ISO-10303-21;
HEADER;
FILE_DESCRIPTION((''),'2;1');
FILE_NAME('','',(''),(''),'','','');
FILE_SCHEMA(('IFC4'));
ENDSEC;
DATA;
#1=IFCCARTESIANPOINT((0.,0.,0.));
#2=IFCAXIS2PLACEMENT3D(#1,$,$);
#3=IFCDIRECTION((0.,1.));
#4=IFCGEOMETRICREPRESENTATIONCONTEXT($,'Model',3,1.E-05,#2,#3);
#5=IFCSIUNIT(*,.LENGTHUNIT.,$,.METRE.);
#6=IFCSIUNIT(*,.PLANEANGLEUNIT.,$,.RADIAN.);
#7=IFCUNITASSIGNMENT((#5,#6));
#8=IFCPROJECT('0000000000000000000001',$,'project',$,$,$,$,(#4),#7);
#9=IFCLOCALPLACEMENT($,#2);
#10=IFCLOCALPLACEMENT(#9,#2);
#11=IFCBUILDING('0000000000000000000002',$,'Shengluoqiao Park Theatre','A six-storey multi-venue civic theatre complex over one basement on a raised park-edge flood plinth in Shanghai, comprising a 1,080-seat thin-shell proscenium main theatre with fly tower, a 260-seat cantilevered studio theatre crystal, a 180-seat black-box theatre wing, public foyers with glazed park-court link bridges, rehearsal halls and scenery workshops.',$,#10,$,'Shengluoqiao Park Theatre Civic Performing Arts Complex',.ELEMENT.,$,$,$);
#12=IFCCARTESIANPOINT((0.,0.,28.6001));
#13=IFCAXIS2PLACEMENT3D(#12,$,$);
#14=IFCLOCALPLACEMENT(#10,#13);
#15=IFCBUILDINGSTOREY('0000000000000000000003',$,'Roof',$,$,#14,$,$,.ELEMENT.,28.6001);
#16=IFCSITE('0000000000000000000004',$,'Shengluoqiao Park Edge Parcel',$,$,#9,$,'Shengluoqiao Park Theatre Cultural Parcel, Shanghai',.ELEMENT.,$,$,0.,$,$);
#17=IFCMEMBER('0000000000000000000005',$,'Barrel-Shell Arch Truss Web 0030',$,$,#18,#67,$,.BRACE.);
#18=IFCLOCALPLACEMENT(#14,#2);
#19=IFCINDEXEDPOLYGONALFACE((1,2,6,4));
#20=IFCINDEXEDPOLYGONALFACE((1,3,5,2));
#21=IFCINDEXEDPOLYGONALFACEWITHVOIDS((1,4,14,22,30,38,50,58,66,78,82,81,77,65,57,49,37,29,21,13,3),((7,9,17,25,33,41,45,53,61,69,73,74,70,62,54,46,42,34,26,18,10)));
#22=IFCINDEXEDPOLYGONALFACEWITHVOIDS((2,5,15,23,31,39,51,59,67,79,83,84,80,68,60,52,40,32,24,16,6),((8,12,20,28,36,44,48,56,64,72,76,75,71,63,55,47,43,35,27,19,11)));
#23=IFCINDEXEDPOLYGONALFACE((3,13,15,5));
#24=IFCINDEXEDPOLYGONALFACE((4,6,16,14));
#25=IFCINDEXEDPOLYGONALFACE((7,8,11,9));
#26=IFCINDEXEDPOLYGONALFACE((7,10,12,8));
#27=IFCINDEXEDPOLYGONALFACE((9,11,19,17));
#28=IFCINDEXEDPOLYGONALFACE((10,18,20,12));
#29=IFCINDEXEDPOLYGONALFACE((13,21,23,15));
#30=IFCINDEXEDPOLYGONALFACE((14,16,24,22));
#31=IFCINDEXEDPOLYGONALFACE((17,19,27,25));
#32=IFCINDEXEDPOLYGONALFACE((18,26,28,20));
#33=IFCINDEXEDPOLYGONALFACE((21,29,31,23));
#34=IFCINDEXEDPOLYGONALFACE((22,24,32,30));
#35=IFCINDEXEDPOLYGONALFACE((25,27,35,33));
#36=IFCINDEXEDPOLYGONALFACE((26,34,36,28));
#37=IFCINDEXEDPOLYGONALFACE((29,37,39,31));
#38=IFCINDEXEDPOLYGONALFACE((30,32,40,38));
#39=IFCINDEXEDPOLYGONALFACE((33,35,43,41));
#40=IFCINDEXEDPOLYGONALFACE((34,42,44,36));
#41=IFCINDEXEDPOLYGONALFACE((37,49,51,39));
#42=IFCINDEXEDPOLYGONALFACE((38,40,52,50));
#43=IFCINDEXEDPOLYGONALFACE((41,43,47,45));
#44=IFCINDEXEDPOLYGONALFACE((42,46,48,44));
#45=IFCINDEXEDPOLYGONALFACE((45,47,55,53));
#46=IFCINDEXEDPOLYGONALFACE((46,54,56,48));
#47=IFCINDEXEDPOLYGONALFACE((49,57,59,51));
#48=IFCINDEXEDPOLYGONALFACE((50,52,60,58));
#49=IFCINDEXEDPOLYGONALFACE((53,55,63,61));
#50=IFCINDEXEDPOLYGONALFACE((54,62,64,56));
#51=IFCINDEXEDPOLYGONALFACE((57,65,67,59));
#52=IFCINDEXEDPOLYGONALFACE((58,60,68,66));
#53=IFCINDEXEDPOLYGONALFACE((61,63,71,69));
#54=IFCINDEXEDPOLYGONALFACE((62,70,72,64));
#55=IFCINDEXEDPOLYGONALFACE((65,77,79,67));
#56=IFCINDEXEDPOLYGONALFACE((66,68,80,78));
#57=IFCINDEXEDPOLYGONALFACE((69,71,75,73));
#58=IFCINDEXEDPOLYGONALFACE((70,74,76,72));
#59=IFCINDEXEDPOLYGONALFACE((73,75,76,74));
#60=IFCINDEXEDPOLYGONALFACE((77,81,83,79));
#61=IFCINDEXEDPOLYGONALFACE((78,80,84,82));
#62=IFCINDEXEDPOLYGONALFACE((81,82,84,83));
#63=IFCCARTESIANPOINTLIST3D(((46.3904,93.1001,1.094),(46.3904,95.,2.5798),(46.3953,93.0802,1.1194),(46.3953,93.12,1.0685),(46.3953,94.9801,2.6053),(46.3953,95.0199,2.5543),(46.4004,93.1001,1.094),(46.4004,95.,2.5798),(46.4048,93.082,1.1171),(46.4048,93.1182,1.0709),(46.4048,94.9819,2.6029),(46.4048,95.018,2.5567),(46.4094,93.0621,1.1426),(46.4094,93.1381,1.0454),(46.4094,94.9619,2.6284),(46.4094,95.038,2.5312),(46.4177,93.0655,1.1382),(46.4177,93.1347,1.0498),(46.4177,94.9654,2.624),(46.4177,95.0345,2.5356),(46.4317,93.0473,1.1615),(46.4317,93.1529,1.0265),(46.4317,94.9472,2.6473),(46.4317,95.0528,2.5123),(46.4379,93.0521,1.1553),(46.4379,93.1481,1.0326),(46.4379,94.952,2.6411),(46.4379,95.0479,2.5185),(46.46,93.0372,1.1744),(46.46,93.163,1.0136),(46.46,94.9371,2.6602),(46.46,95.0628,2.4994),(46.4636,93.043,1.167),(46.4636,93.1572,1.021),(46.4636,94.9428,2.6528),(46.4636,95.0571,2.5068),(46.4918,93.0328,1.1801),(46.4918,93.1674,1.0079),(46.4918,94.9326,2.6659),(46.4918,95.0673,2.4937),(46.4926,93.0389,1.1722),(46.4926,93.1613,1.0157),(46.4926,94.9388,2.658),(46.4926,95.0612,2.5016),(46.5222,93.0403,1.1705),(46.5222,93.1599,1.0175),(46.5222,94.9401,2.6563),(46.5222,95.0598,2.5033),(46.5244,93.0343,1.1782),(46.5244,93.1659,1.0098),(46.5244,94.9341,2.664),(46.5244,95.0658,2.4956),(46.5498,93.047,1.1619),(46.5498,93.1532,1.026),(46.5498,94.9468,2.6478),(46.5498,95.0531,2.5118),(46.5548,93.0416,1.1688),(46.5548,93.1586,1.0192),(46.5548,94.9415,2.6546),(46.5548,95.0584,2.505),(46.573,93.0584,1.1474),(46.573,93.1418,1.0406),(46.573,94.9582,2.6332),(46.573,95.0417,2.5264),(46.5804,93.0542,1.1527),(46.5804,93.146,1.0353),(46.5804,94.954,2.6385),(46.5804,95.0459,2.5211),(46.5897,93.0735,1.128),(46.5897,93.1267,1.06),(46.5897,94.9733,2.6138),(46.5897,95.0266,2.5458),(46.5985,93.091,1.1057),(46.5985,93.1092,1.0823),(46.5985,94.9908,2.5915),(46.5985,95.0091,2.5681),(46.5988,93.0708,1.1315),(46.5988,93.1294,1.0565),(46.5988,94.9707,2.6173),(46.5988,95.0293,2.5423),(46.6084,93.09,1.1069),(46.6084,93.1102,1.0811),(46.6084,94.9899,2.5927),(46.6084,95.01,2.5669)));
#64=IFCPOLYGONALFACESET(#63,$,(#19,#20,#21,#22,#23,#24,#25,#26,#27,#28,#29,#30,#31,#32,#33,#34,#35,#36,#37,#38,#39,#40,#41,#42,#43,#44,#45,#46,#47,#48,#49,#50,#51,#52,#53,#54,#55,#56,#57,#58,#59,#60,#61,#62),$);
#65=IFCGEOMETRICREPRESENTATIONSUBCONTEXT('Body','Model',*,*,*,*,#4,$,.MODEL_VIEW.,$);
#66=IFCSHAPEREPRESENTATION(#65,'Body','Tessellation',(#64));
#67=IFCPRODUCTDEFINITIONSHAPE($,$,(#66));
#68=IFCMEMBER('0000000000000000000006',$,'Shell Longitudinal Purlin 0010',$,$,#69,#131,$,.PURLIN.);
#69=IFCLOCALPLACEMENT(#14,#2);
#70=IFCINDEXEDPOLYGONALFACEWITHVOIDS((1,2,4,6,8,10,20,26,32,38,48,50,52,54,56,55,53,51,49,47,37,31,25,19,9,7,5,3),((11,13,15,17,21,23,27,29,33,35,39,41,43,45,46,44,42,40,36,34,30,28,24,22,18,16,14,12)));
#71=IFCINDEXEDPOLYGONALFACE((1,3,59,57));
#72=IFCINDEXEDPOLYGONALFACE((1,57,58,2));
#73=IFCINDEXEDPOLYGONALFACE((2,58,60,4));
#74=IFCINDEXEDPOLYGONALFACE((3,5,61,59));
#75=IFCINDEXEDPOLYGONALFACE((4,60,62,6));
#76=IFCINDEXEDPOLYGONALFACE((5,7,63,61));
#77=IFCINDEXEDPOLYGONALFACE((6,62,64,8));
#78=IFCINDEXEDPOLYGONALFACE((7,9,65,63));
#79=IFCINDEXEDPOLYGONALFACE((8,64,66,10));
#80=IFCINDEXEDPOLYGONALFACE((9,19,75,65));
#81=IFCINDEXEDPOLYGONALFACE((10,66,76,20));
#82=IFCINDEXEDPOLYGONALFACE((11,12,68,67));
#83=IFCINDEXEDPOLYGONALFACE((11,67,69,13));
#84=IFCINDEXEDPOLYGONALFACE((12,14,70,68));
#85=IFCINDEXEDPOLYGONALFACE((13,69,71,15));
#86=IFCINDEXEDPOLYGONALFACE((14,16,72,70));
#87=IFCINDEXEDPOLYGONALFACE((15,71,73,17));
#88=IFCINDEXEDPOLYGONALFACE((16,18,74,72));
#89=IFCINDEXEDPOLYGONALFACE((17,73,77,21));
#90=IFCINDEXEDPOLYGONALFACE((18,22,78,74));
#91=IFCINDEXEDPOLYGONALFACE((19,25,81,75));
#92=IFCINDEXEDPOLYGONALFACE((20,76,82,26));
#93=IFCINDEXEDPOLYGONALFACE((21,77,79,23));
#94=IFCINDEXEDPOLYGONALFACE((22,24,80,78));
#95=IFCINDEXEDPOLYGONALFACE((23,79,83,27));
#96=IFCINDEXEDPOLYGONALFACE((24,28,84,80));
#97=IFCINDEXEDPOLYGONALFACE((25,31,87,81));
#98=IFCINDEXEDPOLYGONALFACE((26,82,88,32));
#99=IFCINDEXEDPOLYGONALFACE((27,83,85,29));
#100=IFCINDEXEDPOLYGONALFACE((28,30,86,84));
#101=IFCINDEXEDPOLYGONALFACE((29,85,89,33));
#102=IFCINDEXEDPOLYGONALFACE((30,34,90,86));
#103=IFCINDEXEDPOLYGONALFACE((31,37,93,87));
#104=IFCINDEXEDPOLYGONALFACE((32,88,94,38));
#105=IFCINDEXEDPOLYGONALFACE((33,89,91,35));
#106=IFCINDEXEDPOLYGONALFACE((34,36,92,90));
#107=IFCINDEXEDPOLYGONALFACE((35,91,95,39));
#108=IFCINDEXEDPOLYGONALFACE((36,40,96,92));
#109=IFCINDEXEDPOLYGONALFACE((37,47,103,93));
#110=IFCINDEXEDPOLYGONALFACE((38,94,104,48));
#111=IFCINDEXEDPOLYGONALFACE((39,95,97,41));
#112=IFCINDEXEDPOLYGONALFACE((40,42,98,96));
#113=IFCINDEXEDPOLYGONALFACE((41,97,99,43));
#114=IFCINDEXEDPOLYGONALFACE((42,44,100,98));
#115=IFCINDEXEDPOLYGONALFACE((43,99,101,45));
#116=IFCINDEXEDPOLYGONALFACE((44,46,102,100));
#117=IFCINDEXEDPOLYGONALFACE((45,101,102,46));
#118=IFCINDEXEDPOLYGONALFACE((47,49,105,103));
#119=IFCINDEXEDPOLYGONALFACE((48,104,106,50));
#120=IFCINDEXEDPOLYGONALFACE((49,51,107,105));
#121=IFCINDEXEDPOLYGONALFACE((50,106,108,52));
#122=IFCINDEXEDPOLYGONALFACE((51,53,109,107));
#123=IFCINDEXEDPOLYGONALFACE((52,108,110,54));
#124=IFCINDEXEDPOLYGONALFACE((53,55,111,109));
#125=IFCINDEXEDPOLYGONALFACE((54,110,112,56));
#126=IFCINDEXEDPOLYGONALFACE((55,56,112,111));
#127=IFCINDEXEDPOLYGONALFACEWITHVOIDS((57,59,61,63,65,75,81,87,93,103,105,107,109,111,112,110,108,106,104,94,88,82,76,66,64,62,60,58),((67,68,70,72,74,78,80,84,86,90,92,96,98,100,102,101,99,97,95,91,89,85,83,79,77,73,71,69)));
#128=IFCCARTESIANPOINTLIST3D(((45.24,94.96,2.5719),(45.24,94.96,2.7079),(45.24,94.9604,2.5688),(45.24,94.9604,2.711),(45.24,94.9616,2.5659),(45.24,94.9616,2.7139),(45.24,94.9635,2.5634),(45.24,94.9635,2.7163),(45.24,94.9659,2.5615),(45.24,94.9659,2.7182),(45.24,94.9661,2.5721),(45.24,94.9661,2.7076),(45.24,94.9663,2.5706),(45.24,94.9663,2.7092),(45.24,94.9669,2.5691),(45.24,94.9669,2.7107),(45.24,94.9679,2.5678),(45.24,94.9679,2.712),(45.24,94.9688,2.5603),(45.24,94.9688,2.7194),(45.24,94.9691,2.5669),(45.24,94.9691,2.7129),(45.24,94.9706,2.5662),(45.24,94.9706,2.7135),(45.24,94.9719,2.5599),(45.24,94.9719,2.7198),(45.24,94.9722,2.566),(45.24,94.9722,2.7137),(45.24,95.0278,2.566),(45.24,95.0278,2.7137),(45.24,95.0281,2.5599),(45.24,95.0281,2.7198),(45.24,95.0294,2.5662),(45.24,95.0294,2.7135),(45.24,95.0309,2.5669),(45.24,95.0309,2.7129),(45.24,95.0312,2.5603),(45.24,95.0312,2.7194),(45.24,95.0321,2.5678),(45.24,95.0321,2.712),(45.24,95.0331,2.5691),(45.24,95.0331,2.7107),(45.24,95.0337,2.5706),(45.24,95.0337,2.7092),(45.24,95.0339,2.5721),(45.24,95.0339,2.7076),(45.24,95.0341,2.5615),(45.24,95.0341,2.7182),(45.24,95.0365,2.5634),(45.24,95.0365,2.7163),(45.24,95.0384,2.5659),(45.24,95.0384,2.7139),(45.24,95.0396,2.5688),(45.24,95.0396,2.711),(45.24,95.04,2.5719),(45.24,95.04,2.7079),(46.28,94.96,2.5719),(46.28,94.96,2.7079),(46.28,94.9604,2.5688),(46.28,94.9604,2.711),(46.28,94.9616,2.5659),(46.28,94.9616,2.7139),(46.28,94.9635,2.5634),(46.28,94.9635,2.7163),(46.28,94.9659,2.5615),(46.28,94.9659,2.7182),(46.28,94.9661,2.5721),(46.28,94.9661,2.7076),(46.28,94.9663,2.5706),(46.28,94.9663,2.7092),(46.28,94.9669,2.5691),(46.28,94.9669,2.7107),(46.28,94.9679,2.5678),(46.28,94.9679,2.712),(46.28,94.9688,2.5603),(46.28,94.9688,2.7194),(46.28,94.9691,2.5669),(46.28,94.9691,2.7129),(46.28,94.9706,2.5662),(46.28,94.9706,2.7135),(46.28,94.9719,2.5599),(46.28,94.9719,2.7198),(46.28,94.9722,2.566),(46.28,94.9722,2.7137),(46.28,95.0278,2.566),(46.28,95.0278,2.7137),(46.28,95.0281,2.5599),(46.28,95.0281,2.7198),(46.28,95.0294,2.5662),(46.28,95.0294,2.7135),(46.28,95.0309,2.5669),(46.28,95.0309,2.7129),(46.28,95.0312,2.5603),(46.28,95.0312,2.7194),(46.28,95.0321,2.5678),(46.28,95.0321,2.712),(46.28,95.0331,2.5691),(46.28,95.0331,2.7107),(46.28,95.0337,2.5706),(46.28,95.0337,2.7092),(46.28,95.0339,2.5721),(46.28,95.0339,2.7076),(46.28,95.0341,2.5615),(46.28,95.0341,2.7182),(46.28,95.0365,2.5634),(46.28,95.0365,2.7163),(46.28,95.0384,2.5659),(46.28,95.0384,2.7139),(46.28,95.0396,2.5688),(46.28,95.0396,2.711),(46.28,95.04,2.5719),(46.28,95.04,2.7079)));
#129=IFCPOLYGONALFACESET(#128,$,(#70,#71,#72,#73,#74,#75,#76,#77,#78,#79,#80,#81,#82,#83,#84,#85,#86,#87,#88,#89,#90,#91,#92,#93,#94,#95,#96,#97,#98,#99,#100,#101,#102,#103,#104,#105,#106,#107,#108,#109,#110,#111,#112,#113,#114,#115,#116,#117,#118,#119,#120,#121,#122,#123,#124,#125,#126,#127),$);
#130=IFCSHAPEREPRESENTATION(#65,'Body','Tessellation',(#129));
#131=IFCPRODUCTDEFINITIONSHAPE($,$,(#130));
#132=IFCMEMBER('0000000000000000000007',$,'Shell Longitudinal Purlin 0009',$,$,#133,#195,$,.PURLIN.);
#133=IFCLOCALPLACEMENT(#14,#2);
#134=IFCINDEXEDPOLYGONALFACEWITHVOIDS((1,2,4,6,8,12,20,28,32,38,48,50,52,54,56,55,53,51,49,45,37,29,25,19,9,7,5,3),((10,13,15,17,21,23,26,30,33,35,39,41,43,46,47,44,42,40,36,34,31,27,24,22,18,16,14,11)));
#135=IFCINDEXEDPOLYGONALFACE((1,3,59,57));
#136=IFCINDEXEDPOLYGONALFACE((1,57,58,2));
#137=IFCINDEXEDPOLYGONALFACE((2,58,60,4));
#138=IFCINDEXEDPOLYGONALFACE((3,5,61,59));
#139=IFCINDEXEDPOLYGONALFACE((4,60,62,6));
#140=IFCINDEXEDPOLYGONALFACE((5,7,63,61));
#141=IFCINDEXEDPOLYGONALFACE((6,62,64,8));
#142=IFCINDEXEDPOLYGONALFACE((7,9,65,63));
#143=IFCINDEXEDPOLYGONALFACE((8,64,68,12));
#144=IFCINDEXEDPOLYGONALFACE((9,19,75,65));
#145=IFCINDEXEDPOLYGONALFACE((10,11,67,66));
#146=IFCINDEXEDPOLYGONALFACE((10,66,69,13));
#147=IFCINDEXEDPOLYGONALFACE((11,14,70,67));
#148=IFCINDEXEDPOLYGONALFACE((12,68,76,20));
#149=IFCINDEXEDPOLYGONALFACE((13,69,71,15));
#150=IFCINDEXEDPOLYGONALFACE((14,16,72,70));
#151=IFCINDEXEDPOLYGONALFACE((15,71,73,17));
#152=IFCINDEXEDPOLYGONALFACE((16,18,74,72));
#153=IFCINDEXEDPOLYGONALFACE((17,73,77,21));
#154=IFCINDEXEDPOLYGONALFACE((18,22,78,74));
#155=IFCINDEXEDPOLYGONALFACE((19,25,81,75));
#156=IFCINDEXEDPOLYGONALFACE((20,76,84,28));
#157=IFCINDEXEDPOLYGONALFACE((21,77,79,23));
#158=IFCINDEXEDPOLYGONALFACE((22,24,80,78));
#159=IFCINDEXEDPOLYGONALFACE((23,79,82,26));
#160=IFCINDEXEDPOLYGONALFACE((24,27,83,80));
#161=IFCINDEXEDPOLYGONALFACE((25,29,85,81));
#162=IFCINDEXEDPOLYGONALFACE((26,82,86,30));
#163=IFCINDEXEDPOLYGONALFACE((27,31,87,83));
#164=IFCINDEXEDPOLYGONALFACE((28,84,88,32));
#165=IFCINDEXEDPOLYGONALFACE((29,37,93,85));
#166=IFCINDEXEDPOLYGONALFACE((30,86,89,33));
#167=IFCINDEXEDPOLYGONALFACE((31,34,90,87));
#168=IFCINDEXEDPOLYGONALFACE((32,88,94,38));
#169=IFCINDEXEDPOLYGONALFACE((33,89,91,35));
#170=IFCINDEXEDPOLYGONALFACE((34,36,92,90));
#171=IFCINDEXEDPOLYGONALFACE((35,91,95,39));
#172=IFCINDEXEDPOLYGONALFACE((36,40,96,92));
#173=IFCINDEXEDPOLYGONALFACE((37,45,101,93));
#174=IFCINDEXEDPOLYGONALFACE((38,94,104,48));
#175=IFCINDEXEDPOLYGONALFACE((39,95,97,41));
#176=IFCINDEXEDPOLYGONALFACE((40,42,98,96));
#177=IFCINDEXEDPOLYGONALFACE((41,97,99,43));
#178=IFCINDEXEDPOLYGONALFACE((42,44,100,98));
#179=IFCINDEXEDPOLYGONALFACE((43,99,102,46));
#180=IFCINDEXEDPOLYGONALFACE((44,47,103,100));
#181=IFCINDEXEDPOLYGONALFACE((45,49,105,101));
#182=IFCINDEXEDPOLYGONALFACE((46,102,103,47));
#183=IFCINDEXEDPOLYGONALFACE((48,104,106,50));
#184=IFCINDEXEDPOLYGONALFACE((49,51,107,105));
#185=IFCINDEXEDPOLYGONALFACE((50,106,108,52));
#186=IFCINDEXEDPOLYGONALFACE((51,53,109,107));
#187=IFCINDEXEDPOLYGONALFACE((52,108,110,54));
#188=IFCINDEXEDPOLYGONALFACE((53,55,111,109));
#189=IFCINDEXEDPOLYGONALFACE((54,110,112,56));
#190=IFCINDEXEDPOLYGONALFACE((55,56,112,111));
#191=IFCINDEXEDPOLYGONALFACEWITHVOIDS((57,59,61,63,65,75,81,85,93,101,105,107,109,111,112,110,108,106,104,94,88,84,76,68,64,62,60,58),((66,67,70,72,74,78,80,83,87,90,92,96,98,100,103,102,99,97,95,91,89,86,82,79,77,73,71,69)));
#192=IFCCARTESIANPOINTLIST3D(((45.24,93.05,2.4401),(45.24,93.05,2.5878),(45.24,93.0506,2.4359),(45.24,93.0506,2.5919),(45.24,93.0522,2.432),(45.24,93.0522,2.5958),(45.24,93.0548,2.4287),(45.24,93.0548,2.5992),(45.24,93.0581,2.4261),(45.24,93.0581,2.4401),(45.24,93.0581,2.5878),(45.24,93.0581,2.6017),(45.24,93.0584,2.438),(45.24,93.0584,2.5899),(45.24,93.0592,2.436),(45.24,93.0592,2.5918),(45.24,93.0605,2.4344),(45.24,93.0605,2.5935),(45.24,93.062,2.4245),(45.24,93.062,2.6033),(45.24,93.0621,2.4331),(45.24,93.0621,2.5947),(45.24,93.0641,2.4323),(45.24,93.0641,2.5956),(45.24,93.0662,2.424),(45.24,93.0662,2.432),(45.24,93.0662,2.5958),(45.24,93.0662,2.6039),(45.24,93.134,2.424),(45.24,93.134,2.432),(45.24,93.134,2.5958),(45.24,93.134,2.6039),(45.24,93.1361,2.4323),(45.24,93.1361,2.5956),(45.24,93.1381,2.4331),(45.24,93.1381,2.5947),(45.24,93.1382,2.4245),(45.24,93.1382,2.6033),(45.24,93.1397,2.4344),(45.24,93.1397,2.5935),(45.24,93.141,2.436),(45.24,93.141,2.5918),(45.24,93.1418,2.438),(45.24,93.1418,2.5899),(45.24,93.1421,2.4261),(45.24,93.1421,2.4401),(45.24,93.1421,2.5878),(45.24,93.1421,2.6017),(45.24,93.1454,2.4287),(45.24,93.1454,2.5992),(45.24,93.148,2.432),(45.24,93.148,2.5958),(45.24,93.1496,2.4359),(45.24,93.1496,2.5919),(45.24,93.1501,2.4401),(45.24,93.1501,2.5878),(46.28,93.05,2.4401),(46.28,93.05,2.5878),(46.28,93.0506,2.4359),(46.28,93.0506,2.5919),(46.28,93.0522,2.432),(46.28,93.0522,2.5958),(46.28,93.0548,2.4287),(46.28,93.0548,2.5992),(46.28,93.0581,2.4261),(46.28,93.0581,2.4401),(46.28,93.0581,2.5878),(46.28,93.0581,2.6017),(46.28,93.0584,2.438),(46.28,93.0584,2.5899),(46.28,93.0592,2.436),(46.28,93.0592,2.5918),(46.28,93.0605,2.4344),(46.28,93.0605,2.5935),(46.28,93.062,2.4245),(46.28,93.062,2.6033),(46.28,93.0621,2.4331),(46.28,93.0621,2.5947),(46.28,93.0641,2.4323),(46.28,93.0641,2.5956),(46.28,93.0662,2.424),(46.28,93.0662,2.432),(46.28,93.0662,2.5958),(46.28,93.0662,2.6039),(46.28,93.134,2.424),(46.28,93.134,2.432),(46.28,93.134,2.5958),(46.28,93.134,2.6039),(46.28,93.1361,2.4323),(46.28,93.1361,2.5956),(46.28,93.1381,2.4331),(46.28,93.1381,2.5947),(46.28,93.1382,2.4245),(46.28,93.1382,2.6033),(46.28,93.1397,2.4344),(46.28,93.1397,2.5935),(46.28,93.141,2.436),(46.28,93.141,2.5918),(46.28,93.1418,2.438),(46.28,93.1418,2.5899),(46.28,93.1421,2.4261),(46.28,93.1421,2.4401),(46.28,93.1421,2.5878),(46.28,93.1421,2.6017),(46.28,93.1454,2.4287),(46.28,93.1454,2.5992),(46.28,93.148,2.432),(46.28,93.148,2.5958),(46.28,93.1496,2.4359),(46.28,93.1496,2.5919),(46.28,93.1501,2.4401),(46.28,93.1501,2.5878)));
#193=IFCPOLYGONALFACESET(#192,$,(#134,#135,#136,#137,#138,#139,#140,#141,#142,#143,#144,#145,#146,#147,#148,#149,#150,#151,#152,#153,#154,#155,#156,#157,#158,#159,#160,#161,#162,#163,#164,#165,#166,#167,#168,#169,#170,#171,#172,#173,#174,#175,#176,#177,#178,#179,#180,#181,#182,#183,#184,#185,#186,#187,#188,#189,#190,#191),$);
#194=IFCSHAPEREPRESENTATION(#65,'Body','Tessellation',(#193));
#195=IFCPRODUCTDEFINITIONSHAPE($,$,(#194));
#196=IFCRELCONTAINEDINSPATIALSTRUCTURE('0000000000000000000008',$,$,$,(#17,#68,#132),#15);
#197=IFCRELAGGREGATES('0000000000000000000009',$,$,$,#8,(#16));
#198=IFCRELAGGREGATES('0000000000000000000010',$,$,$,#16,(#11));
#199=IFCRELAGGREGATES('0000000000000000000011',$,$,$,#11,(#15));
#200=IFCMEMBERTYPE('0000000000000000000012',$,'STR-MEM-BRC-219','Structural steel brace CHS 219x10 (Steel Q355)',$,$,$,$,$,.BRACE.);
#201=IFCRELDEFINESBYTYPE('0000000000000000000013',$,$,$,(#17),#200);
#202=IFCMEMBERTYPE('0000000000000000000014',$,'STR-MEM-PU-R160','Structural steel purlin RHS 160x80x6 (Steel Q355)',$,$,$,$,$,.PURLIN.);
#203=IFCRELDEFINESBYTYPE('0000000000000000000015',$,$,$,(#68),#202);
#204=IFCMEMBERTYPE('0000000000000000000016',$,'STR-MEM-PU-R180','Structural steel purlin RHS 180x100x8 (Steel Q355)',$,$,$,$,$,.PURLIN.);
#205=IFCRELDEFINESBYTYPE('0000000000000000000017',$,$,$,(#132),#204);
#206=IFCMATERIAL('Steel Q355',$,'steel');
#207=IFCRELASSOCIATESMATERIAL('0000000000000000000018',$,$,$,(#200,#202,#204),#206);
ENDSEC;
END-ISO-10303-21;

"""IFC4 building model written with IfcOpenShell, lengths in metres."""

from ifc_helpers import new_model, si_unit, direction, frame, origin, origin_2d, place, context, subcontext, project, spatial, hollow_rectangle, hollow_circle, extrude, material, material_profile, profile_set, type_object, element, save


model = new_model("IFC4")

# Units and contexts
model_context = context("Model", 3, precision=1e-05, world=origin(), true_north=direction((0.0, 1.0)))
body_context = subcontext(model_context, "Body", "Model", "MODEL_VIEW")
ifc_project = project(units=[si_unit("LENGTHUNIT", "METRE"), si_unit("PLANEANGLEUNIT", "RADIAN")], contexts=[model_context])

# Site, building, storey
site_placement = place(None, origin())
site = spatial("IfcSite", under=ifc_project, at=site_placement, Name="Shengluoqiao Park Edge Parcel", LongName="Shengluoqiao Park Theatre Cultural Parcel, Shanghai", CompositionType="ELEMENT", RefElevation=0.0)
building_placement = place(site_placement, origin())
building = spatial("IfcBuilding", under=site, at=building_placement, Name="Shengluoqiao Park Theatre", Description="A six-storey multi-venue civic theatre complex over one basement on a raised park-edge flood plinth in Shanghai, comprising a 1,080-seat thin-shell proscenium main theatre with fly tower, a 260-seat cantilevered studio theatre crystal, a 180-seat black-box theatre wing, public foyers with glazed park-court link bridges, rehearsal halls and scenery workshops.", LongName="Shengluoqiao Park Theatre Civic Performing Arts Complex", CompositionType="ELEMENT")
storey_placement = place(building_placement, frame((0.0, 0.0, 28.6001)))
storey = spatial("IfcBuildingStorey", under=building, at=storey_placement, Name="Roof", CompositionType="ELEMENT", Elevation=28.6001)

# Shared definitions
ifc_material_1 = material(Name="Steel Q355", Category="steel")

# Members
ifc_material_profile_1 = material_profile(ifc_material_1, hollow_circle(Radius=0.1096, WallThickness=0.01, at=origin_2d()), Name="CHS 219x10")
ifc_profile_set_1 = profile_set([ifc_material_profile_1], Name="Steel Q355")
member_type_1 = type_object("IfcMemberType", Name="STR-MEM-BRC-219", Description="Structural steel brace CHS 219x10 (Steel Q355)", PredefinedType="BRACE", material=ifc_profile_set_1)
member_1_placement = place(storey_placement, frame((46.5, 93.1001, 1.094), z_axis=(0.0, 0.787714, 0.616041), x_axis=(-1.0, 0.0, 0.0)))
element("IfcMember", 1, at=member_1_placement, inside=storey, type_object=member_type_1, Name="Barrel-Shell Arch Truss Web 0030", PredefinedType="BRACE", context=body_context, shape_type="SweptSolid", body=[
    extrude(hollow_circle(Radius=0.1096, WallThickness=0.01, at=origin_2d()), origin(), (0.0, 0.0, 1.0), 2.4119),
])
ifc_material_profile_2 = material_profile(ifc_material_1, hollow_rectangle(XDim=0.0801, YDim=0.1599, WallThickness=0.0061, InnerFilletRadius=0.0061, OuterFilletRadius=0.012, at=origin_2d()), Name="RHS 160x80x6")
ifc_profile_set_2 = profile_set([ifc_material_profile_2], Name="Steel Q355")
member_type_2 = type_object("IfcMemberType", Name="STR-MEM-PU-R160", Description="Structural steel purlin RHS 160x80x6 (Steel Q355)", PredefinedType="PURLIN", material=ifc_profile_set_2)
member_2_placement = place(storey_placement, frame((45.24, 95.0, 2.6399), z_axis=(1.0, 0.0, 0.0), x_axis=(0.0, 1.0, 0.0)))
element("IfcMember", 2, at=member_2_placement, inside=storey, type_object=member_type_2, Name="Shell Longitudinal Purlin 0010", PredefinedType="PURLIN", context=body_context, shape_type="SweptSolid", body=[
    extrude(hollow_rectangle(XDim=0.0801, YDim=0.1599, WallThickness=0.0061, InnerFilletRadius=0.0061, OuterFilletRadius=0.012, at=origin_2d()), origin(), (0.0, 0.0, 1.0), 1.04),
])
ifc_material_profile_3 = material_profile(ifc_material_1, hollow_rectangle(XDim=0.1001, YDim=0.1799, WallThickness=0.0081, InnerFilletRadius=0.0081, OuterFilletRadius=0.0161, at=origin_2d()), Name="RHS 180x100x8")
ifc_profile_set_3 = profile_set([ifc_material_profile_3], Name="Steel Q355")
member_type_3 = type_object("IfcMemberType", Name="STR-MEM-PU-R180", Description="Structural steel purlin RHS 180x100x8 (Steel Q355)", PredefinedType="PURLIN", material=ifc_profile_set_3)
member_3_placement = place(storey_placement, frame((45.24, 93.1001, 2.5139), z_axis=(1.0, 0.0, 0.0), x_axis=(0.0, 1.0, 0.0)))
element("IfcMember", 3, at=member_3_placement, inside=storey, type_object=member_type_3, Name="Shell Longitudinal Purlin 0009", PredefinedType="PURLIN", context=body_context, shape_type="SweptSolid", body=[
    extrude(hollow_rectangle(XDim=0.1001, YDim=0.1799, WallThickness=0.0081, InnerFilletRadius=0.0081, OuterFilletRadius=0.0161, at=origin_2d()), origin(), (0.0, 0.0, 1.0), 1.04),
])

save(model, "model.ifc")
